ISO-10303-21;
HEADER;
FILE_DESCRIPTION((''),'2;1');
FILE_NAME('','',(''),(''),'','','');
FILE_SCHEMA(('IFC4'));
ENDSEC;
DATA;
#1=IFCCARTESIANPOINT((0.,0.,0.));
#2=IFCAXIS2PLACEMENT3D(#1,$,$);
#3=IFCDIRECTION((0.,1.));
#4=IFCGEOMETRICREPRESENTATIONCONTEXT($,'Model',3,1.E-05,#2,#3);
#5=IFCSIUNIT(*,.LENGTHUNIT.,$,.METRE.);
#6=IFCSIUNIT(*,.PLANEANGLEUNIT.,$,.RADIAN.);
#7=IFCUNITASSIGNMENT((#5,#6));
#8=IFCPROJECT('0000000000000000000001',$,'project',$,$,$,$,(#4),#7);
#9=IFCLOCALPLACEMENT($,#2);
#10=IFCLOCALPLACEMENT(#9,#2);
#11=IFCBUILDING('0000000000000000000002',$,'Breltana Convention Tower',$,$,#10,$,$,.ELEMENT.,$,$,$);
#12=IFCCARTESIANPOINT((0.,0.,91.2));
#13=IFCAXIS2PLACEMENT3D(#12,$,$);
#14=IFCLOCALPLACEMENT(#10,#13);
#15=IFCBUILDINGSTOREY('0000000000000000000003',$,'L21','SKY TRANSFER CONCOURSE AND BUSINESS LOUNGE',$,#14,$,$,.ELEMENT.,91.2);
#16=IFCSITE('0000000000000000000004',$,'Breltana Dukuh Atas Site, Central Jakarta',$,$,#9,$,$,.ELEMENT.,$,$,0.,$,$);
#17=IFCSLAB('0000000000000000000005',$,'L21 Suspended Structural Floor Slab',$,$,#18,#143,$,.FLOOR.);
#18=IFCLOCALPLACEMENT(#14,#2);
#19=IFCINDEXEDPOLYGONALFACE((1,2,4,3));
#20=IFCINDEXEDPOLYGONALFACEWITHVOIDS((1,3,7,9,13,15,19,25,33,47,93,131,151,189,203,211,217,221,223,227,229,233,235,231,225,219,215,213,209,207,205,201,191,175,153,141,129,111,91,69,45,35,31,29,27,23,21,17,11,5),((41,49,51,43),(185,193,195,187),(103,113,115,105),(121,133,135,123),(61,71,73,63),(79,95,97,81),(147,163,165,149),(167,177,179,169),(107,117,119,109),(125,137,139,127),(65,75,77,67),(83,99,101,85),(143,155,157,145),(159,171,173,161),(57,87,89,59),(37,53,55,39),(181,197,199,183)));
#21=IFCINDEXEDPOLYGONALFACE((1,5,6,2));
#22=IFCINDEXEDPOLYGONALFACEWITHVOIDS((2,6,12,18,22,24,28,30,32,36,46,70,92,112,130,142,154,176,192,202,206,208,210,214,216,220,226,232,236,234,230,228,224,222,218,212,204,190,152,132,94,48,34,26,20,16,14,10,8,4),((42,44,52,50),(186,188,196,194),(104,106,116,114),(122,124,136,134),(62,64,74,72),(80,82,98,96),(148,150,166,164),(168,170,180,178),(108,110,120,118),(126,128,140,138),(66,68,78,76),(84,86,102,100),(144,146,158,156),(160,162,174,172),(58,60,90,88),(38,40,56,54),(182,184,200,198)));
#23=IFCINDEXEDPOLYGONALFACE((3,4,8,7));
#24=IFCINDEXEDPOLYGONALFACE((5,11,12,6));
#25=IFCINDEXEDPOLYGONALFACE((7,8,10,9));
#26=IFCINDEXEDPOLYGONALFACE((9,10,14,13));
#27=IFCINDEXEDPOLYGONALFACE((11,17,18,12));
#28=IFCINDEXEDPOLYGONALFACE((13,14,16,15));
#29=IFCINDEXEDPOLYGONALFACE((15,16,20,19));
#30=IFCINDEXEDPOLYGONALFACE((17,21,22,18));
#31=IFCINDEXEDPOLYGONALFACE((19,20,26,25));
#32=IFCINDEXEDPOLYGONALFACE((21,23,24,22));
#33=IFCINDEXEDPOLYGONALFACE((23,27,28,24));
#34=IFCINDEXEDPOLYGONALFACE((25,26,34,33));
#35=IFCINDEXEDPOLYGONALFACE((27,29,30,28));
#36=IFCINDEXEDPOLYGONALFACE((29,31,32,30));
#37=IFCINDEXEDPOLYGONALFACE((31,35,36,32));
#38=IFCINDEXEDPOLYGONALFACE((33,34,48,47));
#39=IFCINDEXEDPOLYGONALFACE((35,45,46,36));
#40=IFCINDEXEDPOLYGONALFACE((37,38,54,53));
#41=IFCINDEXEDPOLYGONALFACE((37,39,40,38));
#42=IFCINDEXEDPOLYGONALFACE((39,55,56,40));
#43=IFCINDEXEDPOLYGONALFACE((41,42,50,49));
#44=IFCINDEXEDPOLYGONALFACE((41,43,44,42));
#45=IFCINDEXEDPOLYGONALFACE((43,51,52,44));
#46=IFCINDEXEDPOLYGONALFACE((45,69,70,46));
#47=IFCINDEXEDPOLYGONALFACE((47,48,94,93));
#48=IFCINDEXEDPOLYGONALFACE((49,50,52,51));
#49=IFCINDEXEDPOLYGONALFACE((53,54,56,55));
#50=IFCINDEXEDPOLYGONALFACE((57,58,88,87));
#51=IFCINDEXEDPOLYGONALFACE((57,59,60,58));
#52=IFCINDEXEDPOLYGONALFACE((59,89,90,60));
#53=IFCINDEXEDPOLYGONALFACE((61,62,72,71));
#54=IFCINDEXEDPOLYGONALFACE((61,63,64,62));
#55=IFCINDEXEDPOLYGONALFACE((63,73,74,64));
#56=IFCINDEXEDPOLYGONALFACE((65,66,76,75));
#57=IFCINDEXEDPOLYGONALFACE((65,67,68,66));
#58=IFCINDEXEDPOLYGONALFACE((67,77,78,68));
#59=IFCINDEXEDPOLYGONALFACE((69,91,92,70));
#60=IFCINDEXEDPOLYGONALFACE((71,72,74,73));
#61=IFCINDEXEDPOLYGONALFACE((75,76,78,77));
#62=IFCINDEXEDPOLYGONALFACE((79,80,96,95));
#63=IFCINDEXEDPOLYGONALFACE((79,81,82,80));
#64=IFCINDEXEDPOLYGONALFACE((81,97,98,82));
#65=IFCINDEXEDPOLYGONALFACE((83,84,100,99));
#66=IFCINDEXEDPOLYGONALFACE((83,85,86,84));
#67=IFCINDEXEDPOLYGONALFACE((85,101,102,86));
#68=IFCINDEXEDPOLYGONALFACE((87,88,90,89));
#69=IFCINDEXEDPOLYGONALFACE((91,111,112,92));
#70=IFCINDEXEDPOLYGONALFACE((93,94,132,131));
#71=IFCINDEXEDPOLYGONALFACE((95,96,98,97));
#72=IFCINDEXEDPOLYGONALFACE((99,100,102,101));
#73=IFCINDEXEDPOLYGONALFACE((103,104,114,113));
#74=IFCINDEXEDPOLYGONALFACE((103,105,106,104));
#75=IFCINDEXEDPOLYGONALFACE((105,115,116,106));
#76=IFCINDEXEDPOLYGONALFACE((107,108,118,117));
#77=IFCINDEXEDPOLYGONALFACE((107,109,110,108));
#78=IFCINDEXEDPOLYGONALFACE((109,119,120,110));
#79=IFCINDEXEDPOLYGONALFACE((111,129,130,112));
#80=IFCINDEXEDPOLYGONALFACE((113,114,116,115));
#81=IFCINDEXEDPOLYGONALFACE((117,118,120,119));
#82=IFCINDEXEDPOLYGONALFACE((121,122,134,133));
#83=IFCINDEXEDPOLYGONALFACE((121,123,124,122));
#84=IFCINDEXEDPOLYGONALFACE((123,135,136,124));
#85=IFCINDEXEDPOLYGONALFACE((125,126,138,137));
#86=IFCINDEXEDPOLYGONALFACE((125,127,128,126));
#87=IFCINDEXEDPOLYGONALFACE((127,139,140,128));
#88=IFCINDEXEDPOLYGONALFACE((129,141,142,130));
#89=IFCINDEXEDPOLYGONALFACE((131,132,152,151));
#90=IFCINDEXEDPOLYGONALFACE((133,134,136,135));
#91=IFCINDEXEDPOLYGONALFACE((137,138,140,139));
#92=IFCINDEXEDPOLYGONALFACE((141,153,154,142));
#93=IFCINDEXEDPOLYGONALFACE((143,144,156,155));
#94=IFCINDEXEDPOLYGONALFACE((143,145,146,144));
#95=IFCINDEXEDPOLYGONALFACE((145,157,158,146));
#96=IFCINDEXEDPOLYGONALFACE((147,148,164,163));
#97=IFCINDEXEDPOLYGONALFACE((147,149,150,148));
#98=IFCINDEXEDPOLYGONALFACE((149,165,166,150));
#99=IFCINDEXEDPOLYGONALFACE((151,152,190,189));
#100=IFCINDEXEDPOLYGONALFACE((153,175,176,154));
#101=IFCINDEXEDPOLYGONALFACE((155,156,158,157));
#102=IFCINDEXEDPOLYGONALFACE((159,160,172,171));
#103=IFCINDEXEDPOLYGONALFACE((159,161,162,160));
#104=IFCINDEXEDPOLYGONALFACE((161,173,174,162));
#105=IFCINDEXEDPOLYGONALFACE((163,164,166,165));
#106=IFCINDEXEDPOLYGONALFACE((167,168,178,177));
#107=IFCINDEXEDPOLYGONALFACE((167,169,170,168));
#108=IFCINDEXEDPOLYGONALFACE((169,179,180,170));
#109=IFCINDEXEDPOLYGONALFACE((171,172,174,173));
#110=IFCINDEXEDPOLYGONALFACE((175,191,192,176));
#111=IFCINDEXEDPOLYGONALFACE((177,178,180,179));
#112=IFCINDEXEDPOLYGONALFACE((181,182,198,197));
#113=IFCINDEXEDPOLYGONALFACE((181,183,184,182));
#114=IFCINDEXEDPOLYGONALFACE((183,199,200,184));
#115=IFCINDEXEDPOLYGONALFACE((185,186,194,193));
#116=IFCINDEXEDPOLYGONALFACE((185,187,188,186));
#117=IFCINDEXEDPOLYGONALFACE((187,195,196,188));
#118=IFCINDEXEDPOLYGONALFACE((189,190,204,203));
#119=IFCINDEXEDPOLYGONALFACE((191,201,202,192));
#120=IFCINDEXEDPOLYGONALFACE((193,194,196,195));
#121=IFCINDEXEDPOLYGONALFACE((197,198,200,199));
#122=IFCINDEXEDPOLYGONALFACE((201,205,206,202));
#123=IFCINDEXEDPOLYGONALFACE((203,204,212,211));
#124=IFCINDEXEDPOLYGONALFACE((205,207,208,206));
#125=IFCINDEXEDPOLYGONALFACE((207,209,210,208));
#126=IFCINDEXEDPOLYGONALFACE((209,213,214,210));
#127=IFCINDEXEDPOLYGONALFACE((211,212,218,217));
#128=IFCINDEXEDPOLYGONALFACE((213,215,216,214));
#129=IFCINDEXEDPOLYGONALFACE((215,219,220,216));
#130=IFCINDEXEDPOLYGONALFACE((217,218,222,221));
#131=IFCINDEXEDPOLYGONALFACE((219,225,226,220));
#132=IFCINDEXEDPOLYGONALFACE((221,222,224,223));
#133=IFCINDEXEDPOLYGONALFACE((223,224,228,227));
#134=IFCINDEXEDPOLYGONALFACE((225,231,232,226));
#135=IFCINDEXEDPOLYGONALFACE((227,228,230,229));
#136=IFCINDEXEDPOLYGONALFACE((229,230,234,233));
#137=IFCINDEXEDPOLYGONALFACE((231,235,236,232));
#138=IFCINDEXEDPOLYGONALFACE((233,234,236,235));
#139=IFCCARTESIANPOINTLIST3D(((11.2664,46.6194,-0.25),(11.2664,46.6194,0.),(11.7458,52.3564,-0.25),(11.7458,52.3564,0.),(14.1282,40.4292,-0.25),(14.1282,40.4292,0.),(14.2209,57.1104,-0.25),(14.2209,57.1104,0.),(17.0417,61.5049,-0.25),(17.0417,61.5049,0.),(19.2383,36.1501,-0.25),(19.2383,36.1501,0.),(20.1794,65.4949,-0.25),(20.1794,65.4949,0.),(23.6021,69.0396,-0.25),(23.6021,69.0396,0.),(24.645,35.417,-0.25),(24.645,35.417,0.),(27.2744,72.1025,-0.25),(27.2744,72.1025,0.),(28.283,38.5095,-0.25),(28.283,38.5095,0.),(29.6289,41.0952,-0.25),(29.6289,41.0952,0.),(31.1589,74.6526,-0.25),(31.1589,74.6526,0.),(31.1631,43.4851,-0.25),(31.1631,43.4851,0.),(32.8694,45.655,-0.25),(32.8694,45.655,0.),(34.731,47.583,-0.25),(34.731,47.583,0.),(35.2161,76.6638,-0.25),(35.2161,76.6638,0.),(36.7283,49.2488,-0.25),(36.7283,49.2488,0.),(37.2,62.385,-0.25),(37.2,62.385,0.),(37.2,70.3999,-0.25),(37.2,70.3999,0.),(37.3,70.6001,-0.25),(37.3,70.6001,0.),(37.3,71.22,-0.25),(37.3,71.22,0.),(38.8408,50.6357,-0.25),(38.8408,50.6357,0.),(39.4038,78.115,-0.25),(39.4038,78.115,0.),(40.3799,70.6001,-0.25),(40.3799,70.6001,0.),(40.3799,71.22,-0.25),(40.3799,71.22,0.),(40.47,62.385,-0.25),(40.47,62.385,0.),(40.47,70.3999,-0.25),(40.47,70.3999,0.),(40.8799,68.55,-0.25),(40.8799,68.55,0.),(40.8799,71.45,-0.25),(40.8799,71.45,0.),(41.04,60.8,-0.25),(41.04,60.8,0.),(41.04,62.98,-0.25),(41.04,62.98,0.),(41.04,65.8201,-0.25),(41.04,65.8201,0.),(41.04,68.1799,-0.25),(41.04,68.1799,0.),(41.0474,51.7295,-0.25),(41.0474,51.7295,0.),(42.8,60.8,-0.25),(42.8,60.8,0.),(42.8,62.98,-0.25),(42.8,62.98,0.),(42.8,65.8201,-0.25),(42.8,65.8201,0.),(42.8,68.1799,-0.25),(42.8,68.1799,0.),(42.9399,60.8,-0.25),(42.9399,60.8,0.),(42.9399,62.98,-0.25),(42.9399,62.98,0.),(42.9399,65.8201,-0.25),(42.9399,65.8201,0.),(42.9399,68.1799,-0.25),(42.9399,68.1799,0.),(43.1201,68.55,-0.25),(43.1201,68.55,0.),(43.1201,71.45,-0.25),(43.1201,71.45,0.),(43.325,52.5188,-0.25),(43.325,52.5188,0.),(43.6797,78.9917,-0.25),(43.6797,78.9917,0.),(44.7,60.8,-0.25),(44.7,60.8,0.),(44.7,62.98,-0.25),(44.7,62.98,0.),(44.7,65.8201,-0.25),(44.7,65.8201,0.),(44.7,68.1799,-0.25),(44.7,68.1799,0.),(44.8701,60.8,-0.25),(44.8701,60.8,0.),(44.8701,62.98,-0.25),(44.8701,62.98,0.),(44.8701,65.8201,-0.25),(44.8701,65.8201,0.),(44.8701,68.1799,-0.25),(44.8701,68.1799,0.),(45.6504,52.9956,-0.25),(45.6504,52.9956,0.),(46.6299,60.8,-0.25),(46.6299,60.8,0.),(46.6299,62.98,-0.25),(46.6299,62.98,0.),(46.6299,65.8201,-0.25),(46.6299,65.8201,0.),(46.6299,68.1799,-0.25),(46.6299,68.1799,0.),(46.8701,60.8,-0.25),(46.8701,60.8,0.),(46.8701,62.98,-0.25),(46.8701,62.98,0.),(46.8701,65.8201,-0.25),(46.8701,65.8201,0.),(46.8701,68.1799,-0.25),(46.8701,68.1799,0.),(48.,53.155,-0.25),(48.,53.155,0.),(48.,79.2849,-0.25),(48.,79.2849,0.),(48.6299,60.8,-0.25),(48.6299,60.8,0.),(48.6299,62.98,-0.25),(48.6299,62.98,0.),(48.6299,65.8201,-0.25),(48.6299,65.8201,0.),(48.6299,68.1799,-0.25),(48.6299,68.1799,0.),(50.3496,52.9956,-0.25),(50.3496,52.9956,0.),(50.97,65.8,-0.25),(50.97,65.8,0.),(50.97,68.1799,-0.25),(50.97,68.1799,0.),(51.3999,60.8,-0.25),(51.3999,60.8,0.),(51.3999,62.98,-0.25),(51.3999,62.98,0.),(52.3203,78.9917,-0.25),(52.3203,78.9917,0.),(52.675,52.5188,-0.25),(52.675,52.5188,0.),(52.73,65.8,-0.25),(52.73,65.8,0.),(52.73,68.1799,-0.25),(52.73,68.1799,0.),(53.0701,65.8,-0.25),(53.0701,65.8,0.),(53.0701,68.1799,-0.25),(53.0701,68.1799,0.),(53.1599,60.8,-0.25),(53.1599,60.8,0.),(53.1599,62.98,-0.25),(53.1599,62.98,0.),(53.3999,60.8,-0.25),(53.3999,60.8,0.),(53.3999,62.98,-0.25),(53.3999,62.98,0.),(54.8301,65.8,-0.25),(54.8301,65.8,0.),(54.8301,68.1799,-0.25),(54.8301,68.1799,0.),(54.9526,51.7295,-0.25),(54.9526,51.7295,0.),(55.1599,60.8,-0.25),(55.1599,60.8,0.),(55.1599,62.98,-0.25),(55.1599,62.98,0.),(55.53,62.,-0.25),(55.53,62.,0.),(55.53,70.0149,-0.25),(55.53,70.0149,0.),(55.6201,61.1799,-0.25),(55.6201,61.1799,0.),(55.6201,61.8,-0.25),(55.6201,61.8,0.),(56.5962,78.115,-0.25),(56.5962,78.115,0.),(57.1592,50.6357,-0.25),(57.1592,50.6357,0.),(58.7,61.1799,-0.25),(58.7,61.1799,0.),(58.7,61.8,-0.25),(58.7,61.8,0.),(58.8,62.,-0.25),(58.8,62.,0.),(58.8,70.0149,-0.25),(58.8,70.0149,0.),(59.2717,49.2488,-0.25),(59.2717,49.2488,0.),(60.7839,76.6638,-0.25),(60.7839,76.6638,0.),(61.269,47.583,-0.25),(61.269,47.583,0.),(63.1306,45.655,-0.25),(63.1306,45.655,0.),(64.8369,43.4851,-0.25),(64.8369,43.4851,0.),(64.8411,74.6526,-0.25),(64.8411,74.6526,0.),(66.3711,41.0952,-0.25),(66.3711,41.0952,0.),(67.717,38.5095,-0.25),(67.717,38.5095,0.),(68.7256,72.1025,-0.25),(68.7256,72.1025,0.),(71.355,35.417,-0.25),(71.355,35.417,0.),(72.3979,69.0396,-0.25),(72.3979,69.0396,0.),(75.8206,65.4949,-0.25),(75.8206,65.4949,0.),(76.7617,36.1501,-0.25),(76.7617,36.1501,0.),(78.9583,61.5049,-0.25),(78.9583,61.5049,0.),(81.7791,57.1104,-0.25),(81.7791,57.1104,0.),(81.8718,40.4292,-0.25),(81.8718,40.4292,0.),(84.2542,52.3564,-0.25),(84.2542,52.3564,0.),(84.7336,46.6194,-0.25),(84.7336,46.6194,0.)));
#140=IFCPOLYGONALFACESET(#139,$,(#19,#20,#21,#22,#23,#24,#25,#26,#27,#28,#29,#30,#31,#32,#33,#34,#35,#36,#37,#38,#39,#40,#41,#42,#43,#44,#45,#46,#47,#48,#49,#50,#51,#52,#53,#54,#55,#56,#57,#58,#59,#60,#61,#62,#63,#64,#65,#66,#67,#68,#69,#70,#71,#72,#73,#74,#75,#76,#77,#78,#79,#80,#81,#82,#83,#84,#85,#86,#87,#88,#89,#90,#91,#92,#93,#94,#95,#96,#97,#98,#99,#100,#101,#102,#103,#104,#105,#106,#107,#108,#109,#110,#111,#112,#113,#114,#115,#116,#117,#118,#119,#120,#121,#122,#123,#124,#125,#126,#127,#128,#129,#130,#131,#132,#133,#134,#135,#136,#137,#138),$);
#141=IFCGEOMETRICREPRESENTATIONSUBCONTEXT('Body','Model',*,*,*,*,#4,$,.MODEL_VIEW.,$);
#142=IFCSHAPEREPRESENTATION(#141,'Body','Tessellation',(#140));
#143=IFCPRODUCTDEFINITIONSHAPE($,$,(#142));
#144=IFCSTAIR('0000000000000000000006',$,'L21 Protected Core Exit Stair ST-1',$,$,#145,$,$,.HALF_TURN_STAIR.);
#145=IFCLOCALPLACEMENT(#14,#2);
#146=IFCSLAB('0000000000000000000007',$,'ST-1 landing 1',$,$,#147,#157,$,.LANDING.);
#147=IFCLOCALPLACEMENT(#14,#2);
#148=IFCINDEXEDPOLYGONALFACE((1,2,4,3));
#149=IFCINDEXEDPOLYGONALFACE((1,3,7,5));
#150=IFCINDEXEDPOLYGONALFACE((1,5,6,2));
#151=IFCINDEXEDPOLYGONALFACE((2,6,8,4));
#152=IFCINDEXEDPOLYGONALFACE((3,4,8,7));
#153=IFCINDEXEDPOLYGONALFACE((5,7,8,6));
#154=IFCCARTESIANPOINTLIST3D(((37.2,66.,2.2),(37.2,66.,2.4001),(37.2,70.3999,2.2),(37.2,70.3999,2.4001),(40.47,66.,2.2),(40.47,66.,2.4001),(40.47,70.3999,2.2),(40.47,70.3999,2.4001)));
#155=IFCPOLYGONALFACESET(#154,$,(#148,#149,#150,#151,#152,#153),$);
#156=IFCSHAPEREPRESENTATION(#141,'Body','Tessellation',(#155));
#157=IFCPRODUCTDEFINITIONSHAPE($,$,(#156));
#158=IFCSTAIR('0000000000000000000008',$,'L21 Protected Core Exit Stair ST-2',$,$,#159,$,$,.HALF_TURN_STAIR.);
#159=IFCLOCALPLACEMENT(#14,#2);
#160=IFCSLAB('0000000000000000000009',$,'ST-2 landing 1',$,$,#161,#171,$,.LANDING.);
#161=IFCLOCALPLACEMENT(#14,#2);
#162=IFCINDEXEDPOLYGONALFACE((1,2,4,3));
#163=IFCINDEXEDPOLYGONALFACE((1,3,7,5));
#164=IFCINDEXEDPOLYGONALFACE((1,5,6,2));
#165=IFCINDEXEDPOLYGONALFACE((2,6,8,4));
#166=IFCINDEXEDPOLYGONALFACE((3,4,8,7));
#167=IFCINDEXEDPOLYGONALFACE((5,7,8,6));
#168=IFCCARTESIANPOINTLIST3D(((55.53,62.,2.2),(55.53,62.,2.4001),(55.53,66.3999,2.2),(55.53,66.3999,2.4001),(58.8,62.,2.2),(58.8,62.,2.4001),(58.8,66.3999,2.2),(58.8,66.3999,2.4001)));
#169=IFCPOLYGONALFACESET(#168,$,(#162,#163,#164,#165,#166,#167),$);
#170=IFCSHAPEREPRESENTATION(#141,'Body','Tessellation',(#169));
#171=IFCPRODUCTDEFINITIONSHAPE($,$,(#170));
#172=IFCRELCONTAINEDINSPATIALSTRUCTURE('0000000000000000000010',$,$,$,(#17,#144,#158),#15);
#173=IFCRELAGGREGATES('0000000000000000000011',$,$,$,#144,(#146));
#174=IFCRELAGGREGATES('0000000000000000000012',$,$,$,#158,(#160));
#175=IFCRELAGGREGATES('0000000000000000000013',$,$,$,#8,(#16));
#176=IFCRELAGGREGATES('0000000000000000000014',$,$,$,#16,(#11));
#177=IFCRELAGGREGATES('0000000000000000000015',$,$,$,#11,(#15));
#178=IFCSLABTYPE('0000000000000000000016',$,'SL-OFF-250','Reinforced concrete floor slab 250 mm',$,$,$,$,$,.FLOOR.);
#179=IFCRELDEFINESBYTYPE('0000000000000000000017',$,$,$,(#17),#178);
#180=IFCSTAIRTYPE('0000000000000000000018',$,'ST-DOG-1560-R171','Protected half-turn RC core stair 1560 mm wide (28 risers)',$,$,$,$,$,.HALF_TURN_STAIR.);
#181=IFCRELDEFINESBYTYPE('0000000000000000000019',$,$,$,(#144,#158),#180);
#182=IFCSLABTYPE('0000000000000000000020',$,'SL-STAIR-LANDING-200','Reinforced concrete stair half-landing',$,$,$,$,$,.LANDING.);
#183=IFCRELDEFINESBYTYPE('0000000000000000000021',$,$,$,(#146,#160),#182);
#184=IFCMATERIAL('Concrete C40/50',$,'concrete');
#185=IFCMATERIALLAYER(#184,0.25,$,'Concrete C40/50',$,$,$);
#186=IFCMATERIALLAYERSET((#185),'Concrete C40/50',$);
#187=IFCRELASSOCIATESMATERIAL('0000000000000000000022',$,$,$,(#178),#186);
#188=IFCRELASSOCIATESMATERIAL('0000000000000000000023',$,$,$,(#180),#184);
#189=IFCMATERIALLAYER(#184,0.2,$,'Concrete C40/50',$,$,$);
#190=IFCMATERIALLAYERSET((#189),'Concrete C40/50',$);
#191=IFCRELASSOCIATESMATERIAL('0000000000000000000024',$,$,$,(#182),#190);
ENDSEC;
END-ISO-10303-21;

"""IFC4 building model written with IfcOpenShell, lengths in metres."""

from ifc_helpers import new_model, si_unit, direction, frame, origin, place, context, subcontext, project, spatial, polyline, outline, extrude, material, layer, layer_set, type_object, element, aggregate, save


model = new_model("IFC4")

# Units and contexts
model_context = context("Model", 3, precision=1e-05, world=origin(), true_north=direction((0.0, 1.0)))
body_context = subcontext(model_context, "Body", "Model", "MODEL_VIEW")
ifc_project = project(units=[si_unit("LENGTHUNIT", "METRE"), si_unit("PLANEANGLEUNIT", "RADIAN")], contexts=[model_context])

# Site, building, storey
site_placement = place(None, origin())
site = spatial("IfcSite", under=ifc_project, at=site_placement, Name="Breltana Dukuh Atas Site, Central Jakarta", CompositionType="ELEMENT", RefElevation=0.0)
building_placement = place(site_placement, origin())
building = spatial("IfcBuilding", under=site, at=building_placement, Name="Breltana Convention Tower", CompositionType="ELEMENT")
storey_placement = place(building_placement, frame((0.0, 0.0, 91.2)))
storey = spatial("IfcBuildingStorey", under=building, at=storey_placement, Name="L21", Description="SKY TRANSFER CONCOURSE AND BUSINESS LOUNGE", CompositionType="ELEMENT", Elevation=91.2)

# Slab
ifc_material_1 = material(Name="Concrete C40/50", Category="concrete")
ifc_layer_1 = layer(ifc_material_1, 0.25, Name="Concrete C40/50")
ifc_layer_set_1 = layer_set([ifc_layer_1], Name="Concrete C40/50")
slab_type_1 = type_object("IfcSlabType", Name="SL-OFF-250", Description="Reinforced concrete floor slab 250 mm", PredefinedType="FLOOR", material=ifc_layer_set_1)
slab_1_placement = place(storey_placement, frame((0.0, 0.0, -0.25)))
element("IfcSlab", 1, at=slab_1_placement, inside=storey, type_object=slab_type_1, Name="L21 Suspended Structural Floor Slab", PredefinedType="FLOOR", context=body_context, shape_type="SweptSolid", body=[
    extrude(outline(polyline([(84.2542, 52.3564), (81.7791, 57.1104), (78.9583, 61.5049), (75.8206, 65.4949), (72.3979, 69.0396), (68.7256, 72.1025), (64.8411, 74.6526), (60.7839, 76.6638), (56.5962, 78.115), (52.3203, 78.9917), (48.0, 79.2849), (43.6797, 78.9917), (39.4038, 78.115), (35.2161, 76.6638), (31.1589, 74.6526), (27.2744, 72.1025), (23.6021, 69.0396), (20.1794, 65.4949), (17.0417, 61.5049), (14.2209, 57.1104), (11.7458, 52.3564), (11.2664, 46.6194), (14.1282, 40.4292), (19.2383, 36.1501), (24.645, 35.417), (28.283, 38.5095), (29.6289, 41.0952), (31.1631, 43.4851), (32.8694, 45.655), (34.731, 47.583), (36.7283, 49.2488), (38.8408, 50.6357), (41.0474, 51.7295), (43.325, 52.5188), (45.6504, 52.9956), (48.0, 53.155), (50.3496, 52.9956), (52.675, 52.5188), (54.9526, 51.7295), (57.1592, 50.6357), (59.2717, 49.2488), (61.269, 47.583), (63.1306, 45.655), (64.8369, 43.4851), (66.3711, 41.0952), (67.717, 38.5095), (71.355, 35.417), (76.7617, 36.1501), (81.8718, 40.4292), (84.7336, 46.6194), (84.2542, 52.3564)]), holes=[polyline([(37.2, 62.385), (40.47, 62.385), (40.47, 70.3999), (37.2, 70.3999), (37.2, 62.385)]), polyline([(55.53, 62.0), (58.8, 62.0), (58.8, 70.0149), (55.53, 70.0149), (55.53, 62.0)]), polyline([(41.04, 60.8), (42.8, 60.8), (42.8, 62.98), (41.04, 62.98), (41.04, 60.8)]), polyline([(42.9399, 60.8), (44.7, 60.8), (44.7, 62.98), (42.9399, 62.98), (42.9399, 60.8)]), polyline([(44.8701, 60.8), (46.6299, 60.8), (46.6299, 62.98), (44.8701, 62.98), (44.8701, 60.8)]), polyline([(46.8701, 60.8), (48.6299, 60.8), (48.6299, 62.98), (46.8701, 62.98), (46.8701, 60.8)]), polyline([(51.3999, 60.8), (53.1599, 60.8), (53.1599, 62.98), (51.3999, 62.98), (51.3999, 60.8)]), polyline([(53.3999, 60.8), (55.1599, 60.8), (55.1599, 62.98), (53.3999, 62.98), (53.3999, 60.8)]), polyline([(41.04, 65.8201), (42.8, 65.8201), (42.8, 68.1799), (41.04, 68.1799), (41.04, 65.8201)]), polyline([(42.9399, 65.8201), (44.7, 65.8201), (44.7, 68.1799), (42.9399, 68.1799), (42.9399, 65.8201)]), polyline([(44.8701, 65.8201), (46.6299, 65.8201), (46.6299, 68.1799), (44.8701, 68.1799), (44.8701, 65.8201)]), polyline([(46.8701, 65.8201), (48.6299, 65.8201), (48.6299, 68.1799), (46.8701, 68.1799), (46.8701, 65.8201)]), polyline([(50.97, 65.8), (52.73, 65.8), (52.73, 68.1799), (50.97, 68.1799), (50.97, 65.8)]), polyline([(53.0701, 65.8), (54.8301, 65.8), (54.8301, 68.1799), (53.0701, 68.1799), (53.0701, 65.8)]), polyline([(40.8799, 68.55), (43.1201, 68.55), (43.1201, 71.45), (40.8799, 71.45), (40.8799, 68.55)]), polyline([(37.3, 70.6001), (40.3799, 70.6001), (40.3799, 71.22), (37.3, 71.22), (37.3, 70.6001)]), polyline([(55.6201, 61.1799), (58.7, 61.1799), (58.7, 61.8), (55.6201, 61.8), (55.6201, 61.1799)])]), origin(), (0.0, 0.0, 1.0), 0.25),
])

# Stairs, slabs
stair_type = type_object("IfcStairType", Name="ST-DOG-1560-R171", Description="Protected half-turn RC core stair 1560 mm wide (28 risers)", PredefinedType="HALF_TURN_STAIR", material=ifc_material_1)
stair_1_placement = place(storey_placement, origin())
stair_1 = element("IfcStair", 2, at=stair_1_placement, inside=storey, type_object=stair_type, Name="L21 Protected Core Exit Stair ST-1", PredefinedType="HALF_TURN_STAIR")
ifc_layer_2 = layer(ifc_material_1, 0.2, Name="Concrete C40/50")
ifc_layer_set_2 = layer_set([ifc_layer_2], Name="Concrete C40/50")
slab_type_2 = type_object("IfcSlabType", Name="SL-STAIR-LANDING-200", Description="Reinforced concrete stair half-landing", PredefinedType="LANDING", material=ifc_layer_set_2)
slab_2_placement = place(storey_placement, frame((0.0, 0.0, 2.2)))
slab_2 = element("IfcSlab", 3, at=slab_2_placement, type_object=slab_type_2, Name="ST-1 landing 1", PredefinedType="LANDING", context=body_context, shape_type="SweptSolid", body=[
    extrude(outline(polyline([(40.47, 66.0), (40.47, 70.3999), (37.2, 70.3999), (37.2, 66.0), (40.47, 66.0)])), origin(), (0.0, 0.0, 1.0), 0.2002),
])
aggregate(stair_1, [slab_2])
stair_2_placement = place(storey_placement, origin())
stair_2 = element("IfcStair", 4, at=stair_2_placement, inside=storey, type_object=stair_type, Name="L21 Protected Core Exit Stair ST-2", PredefinedType="HALF_TURN_STAIR")
slab_3_placement = place(storey_placement, frame((0.0, 0.0, 2.2)))
slab_3 = element("IfcSlab", 5, at=slab_3_placement, type_object=slab_type_2, Name="ST-2 landing 1", PredefinedType="LANDING", context=body_context, shape_type="SweptSolid", body=[
    extrude(outline(polyline([(55.53, 66.3999), (55.53, 62.0), (58.8, 62.0), (58.8, 66.3999), (55.53, 66.3999)])), origin(), (0.0, 0.0, 1.0), 0.2002),
])
aggregate(stair_2, [slab_3])

save(model, "model.ifc")
